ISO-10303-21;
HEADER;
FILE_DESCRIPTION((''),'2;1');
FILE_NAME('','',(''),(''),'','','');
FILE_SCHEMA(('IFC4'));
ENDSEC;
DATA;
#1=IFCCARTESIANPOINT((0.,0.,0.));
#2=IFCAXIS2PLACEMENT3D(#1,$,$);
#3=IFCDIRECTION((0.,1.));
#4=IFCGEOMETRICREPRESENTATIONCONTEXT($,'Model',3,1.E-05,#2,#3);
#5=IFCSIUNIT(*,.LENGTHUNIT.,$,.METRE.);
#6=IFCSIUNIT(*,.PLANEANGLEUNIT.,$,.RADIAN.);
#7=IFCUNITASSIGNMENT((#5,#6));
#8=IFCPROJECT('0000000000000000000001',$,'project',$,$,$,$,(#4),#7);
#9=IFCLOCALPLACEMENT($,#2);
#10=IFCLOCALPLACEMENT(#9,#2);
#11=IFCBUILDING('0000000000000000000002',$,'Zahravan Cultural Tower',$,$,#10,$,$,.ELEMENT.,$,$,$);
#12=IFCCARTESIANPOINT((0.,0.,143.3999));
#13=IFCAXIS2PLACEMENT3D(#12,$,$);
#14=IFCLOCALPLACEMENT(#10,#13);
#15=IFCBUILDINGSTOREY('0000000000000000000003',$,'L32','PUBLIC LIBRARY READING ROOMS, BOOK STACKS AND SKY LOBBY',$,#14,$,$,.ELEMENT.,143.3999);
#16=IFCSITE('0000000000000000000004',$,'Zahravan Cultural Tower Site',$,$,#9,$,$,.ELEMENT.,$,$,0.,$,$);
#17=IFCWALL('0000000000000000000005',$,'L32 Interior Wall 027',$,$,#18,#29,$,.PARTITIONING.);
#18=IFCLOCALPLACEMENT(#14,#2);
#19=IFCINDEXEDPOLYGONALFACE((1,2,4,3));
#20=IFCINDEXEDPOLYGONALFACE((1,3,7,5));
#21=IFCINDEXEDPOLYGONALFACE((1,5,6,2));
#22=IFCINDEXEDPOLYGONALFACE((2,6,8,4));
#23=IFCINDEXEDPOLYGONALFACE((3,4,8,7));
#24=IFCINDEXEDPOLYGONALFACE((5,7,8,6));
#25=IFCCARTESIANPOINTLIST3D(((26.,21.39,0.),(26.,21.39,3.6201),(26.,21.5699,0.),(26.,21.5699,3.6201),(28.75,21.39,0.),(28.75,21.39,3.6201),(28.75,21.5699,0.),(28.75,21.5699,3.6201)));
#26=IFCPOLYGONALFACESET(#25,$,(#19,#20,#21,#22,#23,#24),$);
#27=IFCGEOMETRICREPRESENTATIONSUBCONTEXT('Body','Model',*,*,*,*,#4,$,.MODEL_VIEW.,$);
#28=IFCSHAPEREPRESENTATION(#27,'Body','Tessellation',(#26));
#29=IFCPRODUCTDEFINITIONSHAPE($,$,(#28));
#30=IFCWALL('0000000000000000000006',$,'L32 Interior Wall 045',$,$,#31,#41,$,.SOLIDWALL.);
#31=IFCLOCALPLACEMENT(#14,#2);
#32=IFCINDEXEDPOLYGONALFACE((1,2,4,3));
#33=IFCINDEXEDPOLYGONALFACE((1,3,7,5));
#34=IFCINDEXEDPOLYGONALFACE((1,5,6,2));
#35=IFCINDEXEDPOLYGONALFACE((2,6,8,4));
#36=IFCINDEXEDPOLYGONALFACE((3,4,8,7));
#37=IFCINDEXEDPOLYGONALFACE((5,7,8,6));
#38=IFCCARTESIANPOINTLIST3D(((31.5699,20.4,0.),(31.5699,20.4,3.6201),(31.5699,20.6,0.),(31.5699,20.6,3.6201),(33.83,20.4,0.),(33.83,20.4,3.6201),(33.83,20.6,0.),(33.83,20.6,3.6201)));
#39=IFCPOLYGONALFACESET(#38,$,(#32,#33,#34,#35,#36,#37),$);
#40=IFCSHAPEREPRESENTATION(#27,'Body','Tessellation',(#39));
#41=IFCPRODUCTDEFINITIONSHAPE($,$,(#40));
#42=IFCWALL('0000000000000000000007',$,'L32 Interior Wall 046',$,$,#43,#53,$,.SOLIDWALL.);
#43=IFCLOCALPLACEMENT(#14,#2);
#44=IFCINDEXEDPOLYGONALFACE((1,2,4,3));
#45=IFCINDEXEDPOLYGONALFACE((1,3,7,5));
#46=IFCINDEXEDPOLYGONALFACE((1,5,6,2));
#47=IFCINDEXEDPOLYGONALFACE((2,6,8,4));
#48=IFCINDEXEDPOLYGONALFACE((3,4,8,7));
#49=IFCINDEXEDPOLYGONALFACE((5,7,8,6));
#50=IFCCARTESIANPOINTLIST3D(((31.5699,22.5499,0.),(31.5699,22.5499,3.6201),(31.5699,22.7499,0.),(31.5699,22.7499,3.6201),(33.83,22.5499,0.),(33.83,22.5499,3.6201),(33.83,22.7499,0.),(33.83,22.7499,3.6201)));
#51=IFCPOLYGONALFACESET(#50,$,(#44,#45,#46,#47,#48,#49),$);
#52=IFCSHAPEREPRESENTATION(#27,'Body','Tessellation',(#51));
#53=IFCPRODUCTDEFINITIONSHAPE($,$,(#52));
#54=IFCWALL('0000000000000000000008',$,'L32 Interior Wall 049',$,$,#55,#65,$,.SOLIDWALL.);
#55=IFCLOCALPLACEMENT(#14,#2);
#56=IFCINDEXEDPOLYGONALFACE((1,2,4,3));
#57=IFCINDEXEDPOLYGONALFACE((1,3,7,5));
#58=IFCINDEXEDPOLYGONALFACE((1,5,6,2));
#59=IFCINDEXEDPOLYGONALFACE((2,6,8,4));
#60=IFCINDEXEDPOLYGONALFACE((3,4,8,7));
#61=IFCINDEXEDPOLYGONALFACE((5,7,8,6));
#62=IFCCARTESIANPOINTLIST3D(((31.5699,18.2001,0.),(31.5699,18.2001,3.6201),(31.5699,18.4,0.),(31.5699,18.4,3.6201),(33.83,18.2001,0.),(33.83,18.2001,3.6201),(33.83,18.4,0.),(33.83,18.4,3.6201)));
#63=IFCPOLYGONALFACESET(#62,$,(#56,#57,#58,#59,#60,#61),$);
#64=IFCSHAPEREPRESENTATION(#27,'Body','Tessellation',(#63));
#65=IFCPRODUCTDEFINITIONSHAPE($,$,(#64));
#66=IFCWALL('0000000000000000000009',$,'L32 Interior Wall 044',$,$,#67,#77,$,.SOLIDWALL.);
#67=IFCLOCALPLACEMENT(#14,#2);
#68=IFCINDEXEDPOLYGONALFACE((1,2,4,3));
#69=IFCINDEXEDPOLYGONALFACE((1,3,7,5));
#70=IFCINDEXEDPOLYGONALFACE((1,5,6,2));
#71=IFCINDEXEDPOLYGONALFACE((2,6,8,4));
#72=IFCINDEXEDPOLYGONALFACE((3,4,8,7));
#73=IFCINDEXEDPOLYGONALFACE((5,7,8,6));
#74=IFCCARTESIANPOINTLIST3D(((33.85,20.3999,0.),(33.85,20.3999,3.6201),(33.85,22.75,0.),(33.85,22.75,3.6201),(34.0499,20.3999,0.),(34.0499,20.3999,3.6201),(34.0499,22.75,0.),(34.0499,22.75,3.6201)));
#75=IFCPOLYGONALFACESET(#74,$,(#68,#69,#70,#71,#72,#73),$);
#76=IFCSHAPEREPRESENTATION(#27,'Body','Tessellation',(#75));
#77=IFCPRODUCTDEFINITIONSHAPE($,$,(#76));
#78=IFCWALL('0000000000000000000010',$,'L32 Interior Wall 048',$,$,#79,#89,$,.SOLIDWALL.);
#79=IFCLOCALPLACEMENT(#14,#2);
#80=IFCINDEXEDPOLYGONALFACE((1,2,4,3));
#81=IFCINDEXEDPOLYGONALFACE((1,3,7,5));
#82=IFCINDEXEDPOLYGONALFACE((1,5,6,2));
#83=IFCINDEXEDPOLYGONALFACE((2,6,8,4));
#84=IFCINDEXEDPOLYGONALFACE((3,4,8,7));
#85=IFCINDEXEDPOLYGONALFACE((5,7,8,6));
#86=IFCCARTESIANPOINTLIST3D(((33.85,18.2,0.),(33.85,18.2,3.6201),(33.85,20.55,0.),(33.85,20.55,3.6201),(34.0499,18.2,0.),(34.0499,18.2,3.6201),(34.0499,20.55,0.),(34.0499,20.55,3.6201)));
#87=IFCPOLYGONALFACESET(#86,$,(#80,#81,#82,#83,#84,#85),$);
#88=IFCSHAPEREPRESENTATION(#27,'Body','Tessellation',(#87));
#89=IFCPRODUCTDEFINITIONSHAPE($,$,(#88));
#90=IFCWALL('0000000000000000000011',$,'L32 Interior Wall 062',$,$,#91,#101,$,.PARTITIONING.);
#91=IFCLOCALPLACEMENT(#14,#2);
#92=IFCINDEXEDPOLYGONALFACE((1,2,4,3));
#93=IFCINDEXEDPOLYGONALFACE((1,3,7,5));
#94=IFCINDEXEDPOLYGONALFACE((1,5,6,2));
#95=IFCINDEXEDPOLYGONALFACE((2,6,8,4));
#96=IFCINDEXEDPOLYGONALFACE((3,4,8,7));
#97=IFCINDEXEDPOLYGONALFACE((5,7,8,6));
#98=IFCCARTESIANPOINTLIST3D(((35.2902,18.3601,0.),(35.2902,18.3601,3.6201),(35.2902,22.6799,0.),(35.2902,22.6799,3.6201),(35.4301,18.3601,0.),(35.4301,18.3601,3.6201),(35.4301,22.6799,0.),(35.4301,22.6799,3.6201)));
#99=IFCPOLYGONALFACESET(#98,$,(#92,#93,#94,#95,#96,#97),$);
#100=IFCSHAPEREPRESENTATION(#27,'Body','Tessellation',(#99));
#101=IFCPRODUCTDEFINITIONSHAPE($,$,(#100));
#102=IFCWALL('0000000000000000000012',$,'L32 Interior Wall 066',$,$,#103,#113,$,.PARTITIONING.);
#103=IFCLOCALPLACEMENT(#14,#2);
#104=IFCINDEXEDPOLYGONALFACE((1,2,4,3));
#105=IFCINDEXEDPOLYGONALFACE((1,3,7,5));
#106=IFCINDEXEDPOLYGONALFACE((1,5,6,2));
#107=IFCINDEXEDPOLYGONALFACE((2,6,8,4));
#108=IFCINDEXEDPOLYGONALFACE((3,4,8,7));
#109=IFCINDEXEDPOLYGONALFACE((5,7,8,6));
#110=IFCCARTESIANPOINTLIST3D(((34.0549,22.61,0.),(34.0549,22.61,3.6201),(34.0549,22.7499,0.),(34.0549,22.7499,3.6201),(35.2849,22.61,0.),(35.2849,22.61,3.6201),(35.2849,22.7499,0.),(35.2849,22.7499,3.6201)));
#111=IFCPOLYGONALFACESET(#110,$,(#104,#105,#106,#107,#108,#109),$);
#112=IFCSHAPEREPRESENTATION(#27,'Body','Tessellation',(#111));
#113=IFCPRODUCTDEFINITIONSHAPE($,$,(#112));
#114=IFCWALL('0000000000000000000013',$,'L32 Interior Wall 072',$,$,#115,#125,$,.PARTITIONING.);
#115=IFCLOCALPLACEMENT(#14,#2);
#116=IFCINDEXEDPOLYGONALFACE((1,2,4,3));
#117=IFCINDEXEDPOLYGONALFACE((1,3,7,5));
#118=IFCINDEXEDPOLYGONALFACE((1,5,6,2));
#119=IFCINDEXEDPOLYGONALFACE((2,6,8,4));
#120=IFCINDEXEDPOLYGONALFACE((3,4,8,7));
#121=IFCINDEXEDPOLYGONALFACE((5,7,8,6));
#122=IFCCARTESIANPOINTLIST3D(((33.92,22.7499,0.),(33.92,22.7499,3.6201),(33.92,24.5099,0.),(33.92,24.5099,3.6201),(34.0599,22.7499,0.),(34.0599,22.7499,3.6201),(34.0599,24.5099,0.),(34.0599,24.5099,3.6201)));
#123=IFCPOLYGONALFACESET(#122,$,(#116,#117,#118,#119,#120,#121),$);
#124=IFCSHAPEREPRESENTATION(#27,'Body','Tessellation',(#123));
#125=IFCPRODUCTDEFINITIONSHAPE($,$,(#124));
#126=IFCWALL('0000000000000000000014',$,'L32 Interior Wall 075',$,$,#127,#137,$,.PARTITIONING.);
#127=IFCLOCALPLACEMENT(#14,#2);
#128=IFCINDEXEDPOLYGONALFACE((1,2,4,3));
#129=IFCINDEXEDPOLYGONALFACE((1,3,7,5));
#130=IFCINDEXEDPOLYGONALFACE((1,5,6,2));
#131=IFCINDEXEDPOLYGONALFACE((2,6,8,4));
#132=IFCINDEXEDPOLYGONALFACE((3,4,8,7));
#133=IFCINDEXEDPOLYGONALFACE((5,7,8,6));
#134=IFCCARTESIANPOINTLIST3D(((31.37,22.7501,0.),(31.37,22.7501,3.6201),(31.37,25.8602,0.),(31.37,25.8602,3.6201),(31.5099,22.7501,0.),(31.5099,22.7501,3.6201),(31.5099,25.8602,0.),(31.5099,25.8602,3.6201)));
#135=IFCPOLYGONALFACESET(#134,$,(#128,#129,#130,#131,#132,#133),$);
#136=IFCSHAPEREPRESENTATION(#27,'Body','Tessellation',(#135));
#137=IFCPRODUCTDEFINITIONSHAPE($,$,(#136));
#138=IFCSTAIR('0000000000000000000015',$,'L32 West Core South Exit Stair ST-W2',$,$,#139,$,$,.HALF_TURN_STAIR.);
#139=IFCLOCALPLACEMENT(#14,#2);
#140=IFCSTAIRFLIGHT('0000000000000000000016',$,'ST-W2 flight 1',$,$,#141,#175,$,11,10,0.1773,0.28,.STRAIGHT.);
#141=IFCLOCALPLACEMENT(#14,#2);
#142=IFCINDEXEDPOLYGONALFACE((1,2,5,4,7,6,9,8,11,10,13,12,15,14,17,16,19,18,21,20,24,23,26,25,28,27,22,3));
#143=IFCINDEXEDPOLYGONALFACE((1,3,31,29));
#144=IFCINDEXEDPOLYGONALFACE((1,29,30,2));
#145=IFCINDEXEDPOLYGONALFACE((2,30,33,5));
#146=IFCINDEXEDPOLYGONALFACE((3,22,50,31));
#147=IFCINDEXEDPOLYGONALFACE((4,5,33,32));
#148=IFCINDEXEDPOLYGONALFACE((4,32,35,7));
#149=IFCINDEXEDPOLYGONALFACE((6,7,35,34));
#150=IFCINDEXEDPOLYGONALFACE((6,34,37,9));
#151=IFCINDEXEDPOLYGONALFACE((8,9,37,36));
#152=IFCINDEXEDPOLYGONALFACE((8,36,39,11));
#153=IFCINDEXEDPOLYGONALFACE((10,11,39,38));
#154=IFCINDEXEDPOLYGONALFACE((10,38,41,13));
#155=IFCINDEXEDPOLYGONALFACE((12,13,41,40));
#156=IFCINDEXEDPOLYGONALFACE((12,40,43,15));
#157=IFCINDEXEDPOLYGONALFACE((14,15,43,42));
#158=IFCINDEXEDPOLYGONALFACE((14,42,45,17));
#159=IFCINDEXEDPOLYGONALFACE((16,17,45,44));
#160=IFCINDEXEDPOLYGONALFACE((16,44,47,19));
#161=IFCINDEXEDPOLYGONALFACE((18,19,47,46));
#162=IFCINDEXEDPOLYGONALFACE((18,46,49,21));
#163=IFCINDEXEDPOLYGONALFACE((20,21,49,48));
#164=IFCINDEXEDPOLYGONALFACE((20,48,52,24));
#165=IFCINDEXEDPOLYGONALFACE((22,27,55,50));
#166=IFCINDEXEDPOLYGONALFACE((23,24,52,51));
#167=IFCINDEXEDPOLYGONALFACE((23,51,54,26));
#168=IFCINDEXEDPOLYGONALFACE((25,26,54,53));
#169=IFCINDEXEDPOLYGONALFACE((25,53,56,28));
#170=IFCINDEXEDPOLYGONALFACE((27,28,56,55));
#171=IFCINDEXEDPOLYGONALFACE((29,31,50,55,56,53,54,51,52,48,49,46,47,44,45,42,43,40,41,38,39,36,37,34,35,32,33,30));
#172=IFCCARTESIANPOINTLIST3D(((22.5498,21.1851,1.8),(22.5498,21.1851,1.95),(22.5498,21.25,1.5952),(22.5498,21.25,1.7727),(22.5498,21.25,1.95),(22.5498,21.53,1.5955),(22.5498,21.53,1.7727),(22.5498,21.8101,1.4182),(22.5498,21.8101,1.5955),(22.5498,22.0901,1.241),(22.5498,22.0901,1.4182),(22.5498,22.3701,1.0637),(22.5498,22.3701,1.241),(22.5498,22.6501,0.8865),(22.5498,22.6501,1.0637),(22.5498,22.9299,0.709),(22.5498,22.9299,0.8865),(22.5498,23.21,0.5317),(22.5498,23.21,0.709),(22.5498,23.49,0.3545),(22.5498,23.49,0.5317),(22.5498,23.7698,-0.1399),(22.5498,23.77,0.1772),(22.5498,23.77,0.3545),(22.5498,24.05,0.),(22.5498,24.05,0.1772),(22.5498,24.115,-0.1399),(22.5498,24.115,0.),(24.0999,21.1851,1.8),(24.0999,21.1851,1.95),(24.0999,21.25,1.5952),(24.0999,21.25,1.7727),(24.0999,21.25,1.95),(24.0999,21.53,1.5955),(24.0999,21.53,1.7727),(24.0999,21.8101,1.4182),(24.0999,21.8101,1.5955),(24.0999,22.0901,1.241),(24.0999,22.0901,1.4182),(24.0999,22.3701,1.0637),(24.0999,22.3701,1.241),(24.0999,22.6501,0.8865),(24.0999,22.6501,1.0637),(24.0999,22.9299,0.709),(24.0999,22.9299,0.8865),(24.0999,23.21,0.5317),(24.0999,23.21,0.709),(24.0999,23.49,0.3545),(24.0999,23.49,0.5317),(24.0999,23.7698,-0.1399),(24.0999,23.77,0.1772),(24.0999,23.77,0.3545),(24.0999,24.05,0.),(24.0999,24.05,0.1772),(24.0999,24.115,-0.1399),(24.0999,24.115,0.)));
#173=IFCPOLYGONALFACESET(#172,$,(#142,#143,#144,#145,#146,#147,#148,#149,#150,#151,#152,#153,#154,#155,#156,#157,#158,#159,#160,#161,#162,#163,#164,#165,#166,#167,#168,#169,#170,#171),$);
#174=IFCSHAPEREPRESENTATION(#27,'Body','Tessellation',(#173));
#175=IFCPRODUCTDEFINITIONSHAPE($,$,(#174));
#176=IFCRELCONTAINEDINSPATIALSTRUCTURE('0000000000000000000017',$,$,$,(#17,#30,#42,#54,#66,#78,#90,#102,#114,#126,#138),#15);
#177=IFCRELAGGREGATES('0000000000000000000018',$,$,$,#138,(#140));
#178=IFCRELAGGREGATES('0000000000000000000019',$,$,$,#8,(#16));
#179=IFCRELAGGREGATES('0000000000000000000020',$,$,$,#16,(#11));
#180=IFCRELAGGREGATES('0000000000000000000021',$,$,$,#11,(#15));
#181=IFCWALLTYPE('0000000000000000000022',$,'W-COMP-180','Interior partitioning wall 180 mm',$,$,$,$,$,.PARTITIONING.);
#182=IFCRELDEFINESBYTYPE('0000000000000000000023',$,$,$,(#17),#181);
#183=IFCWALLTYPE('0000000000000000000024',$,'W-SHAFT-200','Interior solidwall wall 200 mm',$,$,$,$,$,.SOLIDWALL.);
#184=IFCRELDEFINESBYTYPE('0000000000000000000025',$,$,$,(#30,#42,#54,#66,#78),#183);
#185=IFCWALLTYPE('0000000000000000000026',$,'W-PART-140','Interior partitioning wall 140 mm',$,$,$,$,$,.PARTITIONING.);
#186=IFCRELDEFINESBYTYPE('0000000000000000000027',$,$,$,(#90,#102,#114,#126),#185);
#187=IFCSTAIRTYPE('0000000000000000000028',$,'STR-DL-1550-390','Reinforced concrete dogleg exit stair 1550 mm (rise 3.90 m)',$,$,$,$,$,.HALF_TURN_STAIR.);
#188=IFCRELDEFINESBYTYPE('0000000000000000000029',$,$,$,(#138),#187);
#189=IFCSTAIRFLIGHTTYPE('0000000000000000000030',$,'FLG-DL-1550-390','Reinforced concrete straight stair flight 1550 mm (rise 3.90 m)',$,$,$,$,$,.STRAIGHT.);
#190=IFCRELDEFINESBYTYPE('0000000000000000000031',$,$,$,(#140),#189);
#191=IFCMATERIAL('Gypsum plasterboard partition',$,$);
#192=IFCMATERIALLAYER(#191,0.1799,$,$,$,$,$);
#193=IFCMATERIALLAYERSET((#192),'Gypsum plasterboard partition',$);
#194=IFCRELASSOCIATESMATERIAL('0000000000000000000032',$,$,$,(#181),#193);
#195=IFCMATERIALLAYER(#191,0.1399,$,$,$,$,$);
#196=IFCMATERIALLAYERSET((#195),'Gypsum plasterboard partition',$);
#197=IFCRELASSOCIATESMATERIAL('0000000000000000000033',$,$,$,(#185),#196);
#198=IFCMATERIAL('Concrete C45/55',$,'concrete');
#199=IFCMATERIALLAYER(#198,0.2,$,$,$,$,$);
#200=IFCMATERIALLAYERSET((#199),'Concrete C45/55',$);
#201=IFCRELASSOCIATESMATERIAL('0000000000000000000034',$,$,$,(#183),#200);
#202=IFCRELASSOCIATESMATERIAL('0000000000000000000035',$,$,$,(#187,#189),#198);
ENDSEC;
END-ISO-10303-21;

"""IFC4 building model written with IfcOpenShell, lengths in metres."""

from ifc_helpers import new_model, si_unit, direction, frame, frame_2d, origin, place, context, subcontext, project, spatial, polyline, rectangle, outline, extrude, source, transform, mapped, material, layer, layer_set, type_object, element, aggregate, save


model = new_model("IFC4")

# Units and contexts
model_context = context("Model", 3, precision=1e-05, world=origin(), true_north=direction((0.0, 1.0)))
body_context = subcontext(model_context, "Body", "Model", "MODEL_VIEW")
ifc_project = project(units=[si_unit("LENGTHUNIT", "METRE"), si_unit("PLANEANGLEUNIT", "RADIAN")], contexts=[model_context])

# Site, building, storey
site_placement = place(None, origin())
site = spatial("IfcSite", under=ifc_project, at=site_placement, Name="Zahravan Cultural Tower Site", CompositionType="ELEMENT", RefElevation=0.0)
building_placement = place(site_placement, origin())
building = spatial("IfcBuilding", under=site, at=building_placement, Name="Zahravan Cultural Tower", CompositionType="ELEMENT")
storey_placement = place(building_placement, frame((0.0, 0.0, 143.3999)))
storey = spatial("IfcBuildingStorey", under=building, at=storey_placement, Name="L32", Description="PUBLIC LIBRARY READING ROOMS, BOOK STACKS AND SKY LOBBY", CompositionType="ELEMENT", Elevation=143.3999)

# Shared definitions
ifc_material_1 = material(Name="Gypsum plasterboard partition")
ifc_layer_1 = layer(ifc_material_1, 0.1799)
ifc_layer_set_1 = layer_set([ifc_layer_1], Name="Gypsum plasterboard partition")
wall_type_1 = type_object("IfcWallType", Name="W-COMP-180", Description="Interior partitioning wall 180 mm", PredefinedType="PARTITIONING", material=ifc_layer_set_1)
ifc_layer_2 = layer(ifc_material_1, 0.1399)
ifc_layer_set_2 = layer_set([ifc_layer_2], Name="Gypsum plasterboard partition")
wall_type_2 = type_object("IfcWallType", Name="W-PART-140", Description="Interior partitioning wall 140 mm", PredefinedType="PARTITIONING", material=ifc_layer_set_2)
ifc_material_2 = material(Name="Concrete C45/55", Category="concrete")
ifc_layer_3 = layer(ifc_material_2, 0.2)
ifc_layer_set_3 = layer_set([ifc_layer_3], Name="Concrete C45/55")
wall_type_3 = type_object("IfcWallType", Name="W-SHAFT-200", Description="Interior solidwall wall 200 mm", PredefinedType="SOLIDWALL", material=ifc_layer_set_3)

# Walls
shared_shape_1 = source(origin(), body_context, "Body", "SweptSolid", [
    extrude(rectangle(XDim=2.75, YDim=0.1799, at=frame_2d((1.375, 0.0))), origin(), (0.0, 0.0, 1.0), 3.6201),
])
wall_1_placement = place(storey_placement, frame((26.0, 21.48, 0.0), z_axis=(0.0, 0.0, 1.0), x_axis=(1.0, 0.0, 0.0)))
element("IfcWall", 1, at=wall_1_placement, inside=storey, type_object=wall_type_1, Name="L32 Interior Wall 027", PredefinedType="PARTITIONING", context=body_context, shape_type="MappedRepresentation", body=[
    mapped(shared_shape_1, transform((0.0, 0.0, 0.0), x_axis=(1.0, 0.0, 0.0), y_axis=(0.0, 1.0, 0.0), z_axis=(0.0, 0.0, 1.0), scale=1.0)),
])
shared_shape_2 = source(origin(), body_context, "Body", "SweptSolid", [
    extrude(rectangle(XDim=2.26, YDim=0.2, at=frame_2d((1.1299, 0.0))), origin(), (0.0, 0.0, 1.0), 3.6201),
])
for number, where, z_axis, x_axis, name in (
    (2, (31.5701, 20.5, 0.0), (0.0, 0.0, 1.0), (1.0, 0.0, 0.0), "L32 Interior Wall 045"),
    (3, (31.5701, 22.6499, 0.0), (0.0, 0.0, 1.0), (1.0, 0.0, 0.0), "L32 Interior Wall 046"),
    (4, (31.5701, 18.3, 0.0), (0.0, 0.0, 1.0), (1.0, 0.0, 0.0), "L32 Interior Wall 049"),
):
    element("IfcWall", number, at=place(storey_placement, frame(where, z_axis=z_axis, x_axis=x_axis)), inside=storey, type_object=wall_type_3, Name=name, PredefinedType="SOLIDWALL", context=body_context, shape_type="MappedRepresentation", body=[
        mapped(shared_shape_2, transform((0.0, 0.0, 0.0), x_axis=(1.0, 0.0, 0.0), y_axis=(0.0, 1.0, 0.0), z_axis=(0.0, 0.0, 1.0), scale=1.0)),
    ])
shared_shape_3 = source(origin(), body_context, "Body", "SweptSolid", [
    extrude(rectangle(XDim=2.3501, YDim=0.2, at=frame_2d((1.175, 0.0))), origin(), (0.0, 0.0, 1.0), 3.6201),
])
for number, where, z_axis, x_axis, name in (
    (5, (33.95, 20.3999, 0.0), (0.0, 0.0, 1.0), (0.0, 1.0, 0.0), "L32 Interior Wall 044"),
    (6, (33.95, 18.2, 0.0), (0.0, 0.0, 1.0), (0.0, 1.0, 0.0), "L32 Interior Wall 048"),
):
    element("IfcWall", number, at=place(storey_placement, frame(where, z_axis=z_axis, x_axis=x_axis)), inside=storey, type_object=wall_type_3, Name=name, PredefinedType="SOLIDWALL", context=body_context, shape_type="MappedRepresentation", body=[
        mapped(shared_shape_3, transform((0.0, 0.0, 0.0), x_axis=(1.0, 0.0, 0.0), y_axis=(0.0, 1.0, 0.0), z_axis=(0.0, 0.0, 1.0), scale=1.0)),
    ])
shared_shape_4 = source(origin(), body_context, "Body", "SweptSolid", [
    extrude(rectangle(XDim=4.3198, YDim=0.1399, at=frame_2d((2.1599, 0.0))), origin(), (0.0, 0.0, 1.0), 3.6201),
])
wall_2_placement = place(storey_placement, frame((35.3601, 18.3601, 0.0), z_axis=(0.0, 0.0, 1.0), x_axis=(0.0, 1.0, 0.0)))
element("IfcWall", 7, at=wall_2_placement, inside=storey, type_object=wall_type_2, Name="L32 Interior Wall 062", PredefinedType="PARTITIONING", context=body_context, shape_type="MappedRepresentation", body=[
    mapped(shared_shape_4, transform((0.0, 0.0, 0.0), x_axis=(1.0, 0.0, 0.0), y_axis=(0.0, 1.0, 0.0), z_axis=(0.0, 0.0, 1.0), scale=1.0)),
])
shared_shape_5 = source(origin(), body_context, "Body", "SweptSolid", [
    extrude(rectangle(XDim=1.23, YDim=0.1399, at=frame_2d((0.615, 0.0))), origin(), (0.0, 0.0, 1.0), 3.6201),
])
wall_3_placement = place(storey_placement, frame((34.0549, 22.6799, 0.0), z_axis=(0.0, 0.0, 1.0), x_axis=(1.0, 0.0, 0.0)))
element("IfcWall", 8, at=wall_3_placement, inside=storey, type_object=wall_type_2, Name="L32 Interior Wall 066", PredefinedType="PARTITIONING", context=body_context, shape_type="MappedRepresentation", body=[
    mapped(shared_shape_5, transform((0.0, 0.0, 0.0), x_axis=(1.0, 0.0, 0.0), y_axis=(0.0, 1.0, 0.0), z_axis=(0.0, 0.0, 1.0), scale=1.0)),
])
shared_shape_6 = source(origin(), body_context, "Body", "SweptSolid", [
    extrude(rectangle(XDim=1.76, YDim=0.1399, at=frame_2d((0.8799, 0.0))), origin(), (0.0, 0.0, 1.0), 3.6201),
])
wall_4_placement = place(storey_placement, frame((33.99, 22.75, 0.0), z_axis=(0.0, 0.0, 1.0), x_axis=(0.0, 1.0, 0.0)))
element("IfcWall", 9, at=wall_4_placement, inside=storey, type_object=wall_type_2, Name="L32 Interior Wall 072", PredefinedType="PARTITIONING", context=body_context, shape_type="MappedRepresentation", body=[
    mapped(shared_shape_6, transform((0.0, 0.0, 0.0), x_axis=(1.0, 0.0, 0.0), y_axis=(0.0, 1.0, 0.0), z_axis=(0.0, 0.0, 1.0), scale=1.0)),
])
shared_shape_7 = source(origin(), body_context, "Body", "SweptSolid", [
    extrude(rectangle(XDim=3.1101, YDim=0.1399, at=frame_2d((1.5552, 0.0))), origin(), (0.0, 0.0, 1.0), 3.6201),
])
wall_5_placement = place(storey_placement, frame((31.4399, 22.75, 0.0), z_axis=(0.0, 0.0, 1.0), x_axis=(0.0, 1.0, 0.0)))
element("IfcWall", 10, at=wall_5_placement, inside=storey, type_object=wall_type_2, Name="L32 Interior Wall 075", PredefinedType="PARTITIONING", context=body_context, shape_type="MappedRepresentation", body=[
    mapped(shared_shape_7, transform((0.0, 0.0, 0.0), x_axis=(1.0, 0.0, 0.0), y_axis=(0.0, 1.0, 0.0), z_axis=(0.0, 0.0, 1.0), scale=1.0)),
])

# Stair, stair flight
stair_type = type_object("IfcStairType", Name="STR-DL-1550-390", Description="Reinforced concrete dogleg exit stair 1550 mm (rise 3.90 m)", PredefinedType="HALF_TURN_STAIR", material=ifc_material_2)
stair_placement = place(storey_placement, origin())
stair = element("IfcStair", 11, at=stair_placement, inside=storey, type_object=stair_type, Name="L32 West Core South Exit Stair ST-W2", PredefinedType="HALF_TURN_STAIR")
stair_flight_type = type_object("IfcStairFlightType", Name="FLG-DL-1550-390", Description="Reinforced concrete straight stair flight 1550 mm (rise 3.90 m)", PredefinedType="STRAIGHT", material=ifc_material_2)
stair_flight_1_placement = place(storey_placement, frame((23.325, 24.05, 0.0), z_axis=(0.0, 0.0, 1.0), x_axis=(0.0, -1.0, 0.0)))
stair_flight_1 = element("IfcStairFlight", 12, at=stair_flight_1_placement, type_object=stair_flight_type, Name="ST-W2 flight 1", NumberOfRisers=11, NumberOfTreads=10, PredefinedType="STRAIGHT", RiserHeight=0.1773, TreadLength=0.28, context=body_context, shape_type="SweptSolid", body=[
    extrude(outline(polyline([(-0.0649, -0.1399), (-0.0649, 0.0), (0.0, 0.0), (0.0, 0.1772), (0.28, 0.1772), (0.28, 0.3545), (0.5601, 0.3545), (0.5601, 0.5317), (0.8401, 0.5317), (0.8401, 0.709), (1.1201, 0.709), (1.1201, 0.8865), (1.3999, 0.8865), (1.3999, 1.0637), (1.6799, 1.0637), (1.6799, 1.241), (1.96, 1.241), (1.96, 1.4182), (2.24, 1.4182), (2.24, 1.5955), (2.52, 1.5955), (2.52, 1.7727), (2.8, 1.7727), (2.8, 1.95), (2.865, 1.95), (2.865, 1.8), (2.8, 1.5952), (0.2803, -0.1399), (-0.0649, -0.1399)])), frame((0.0, 0.7749, 0.0), z_axis=(0.0, -1.0, 0.0), x_axis=(1.0, 0.0, 0.0)), (0.0, 0.0, 1.0), 1.55),
])
aggregate(stair, [stair_flight_1])

save(model, "model.ifc")
